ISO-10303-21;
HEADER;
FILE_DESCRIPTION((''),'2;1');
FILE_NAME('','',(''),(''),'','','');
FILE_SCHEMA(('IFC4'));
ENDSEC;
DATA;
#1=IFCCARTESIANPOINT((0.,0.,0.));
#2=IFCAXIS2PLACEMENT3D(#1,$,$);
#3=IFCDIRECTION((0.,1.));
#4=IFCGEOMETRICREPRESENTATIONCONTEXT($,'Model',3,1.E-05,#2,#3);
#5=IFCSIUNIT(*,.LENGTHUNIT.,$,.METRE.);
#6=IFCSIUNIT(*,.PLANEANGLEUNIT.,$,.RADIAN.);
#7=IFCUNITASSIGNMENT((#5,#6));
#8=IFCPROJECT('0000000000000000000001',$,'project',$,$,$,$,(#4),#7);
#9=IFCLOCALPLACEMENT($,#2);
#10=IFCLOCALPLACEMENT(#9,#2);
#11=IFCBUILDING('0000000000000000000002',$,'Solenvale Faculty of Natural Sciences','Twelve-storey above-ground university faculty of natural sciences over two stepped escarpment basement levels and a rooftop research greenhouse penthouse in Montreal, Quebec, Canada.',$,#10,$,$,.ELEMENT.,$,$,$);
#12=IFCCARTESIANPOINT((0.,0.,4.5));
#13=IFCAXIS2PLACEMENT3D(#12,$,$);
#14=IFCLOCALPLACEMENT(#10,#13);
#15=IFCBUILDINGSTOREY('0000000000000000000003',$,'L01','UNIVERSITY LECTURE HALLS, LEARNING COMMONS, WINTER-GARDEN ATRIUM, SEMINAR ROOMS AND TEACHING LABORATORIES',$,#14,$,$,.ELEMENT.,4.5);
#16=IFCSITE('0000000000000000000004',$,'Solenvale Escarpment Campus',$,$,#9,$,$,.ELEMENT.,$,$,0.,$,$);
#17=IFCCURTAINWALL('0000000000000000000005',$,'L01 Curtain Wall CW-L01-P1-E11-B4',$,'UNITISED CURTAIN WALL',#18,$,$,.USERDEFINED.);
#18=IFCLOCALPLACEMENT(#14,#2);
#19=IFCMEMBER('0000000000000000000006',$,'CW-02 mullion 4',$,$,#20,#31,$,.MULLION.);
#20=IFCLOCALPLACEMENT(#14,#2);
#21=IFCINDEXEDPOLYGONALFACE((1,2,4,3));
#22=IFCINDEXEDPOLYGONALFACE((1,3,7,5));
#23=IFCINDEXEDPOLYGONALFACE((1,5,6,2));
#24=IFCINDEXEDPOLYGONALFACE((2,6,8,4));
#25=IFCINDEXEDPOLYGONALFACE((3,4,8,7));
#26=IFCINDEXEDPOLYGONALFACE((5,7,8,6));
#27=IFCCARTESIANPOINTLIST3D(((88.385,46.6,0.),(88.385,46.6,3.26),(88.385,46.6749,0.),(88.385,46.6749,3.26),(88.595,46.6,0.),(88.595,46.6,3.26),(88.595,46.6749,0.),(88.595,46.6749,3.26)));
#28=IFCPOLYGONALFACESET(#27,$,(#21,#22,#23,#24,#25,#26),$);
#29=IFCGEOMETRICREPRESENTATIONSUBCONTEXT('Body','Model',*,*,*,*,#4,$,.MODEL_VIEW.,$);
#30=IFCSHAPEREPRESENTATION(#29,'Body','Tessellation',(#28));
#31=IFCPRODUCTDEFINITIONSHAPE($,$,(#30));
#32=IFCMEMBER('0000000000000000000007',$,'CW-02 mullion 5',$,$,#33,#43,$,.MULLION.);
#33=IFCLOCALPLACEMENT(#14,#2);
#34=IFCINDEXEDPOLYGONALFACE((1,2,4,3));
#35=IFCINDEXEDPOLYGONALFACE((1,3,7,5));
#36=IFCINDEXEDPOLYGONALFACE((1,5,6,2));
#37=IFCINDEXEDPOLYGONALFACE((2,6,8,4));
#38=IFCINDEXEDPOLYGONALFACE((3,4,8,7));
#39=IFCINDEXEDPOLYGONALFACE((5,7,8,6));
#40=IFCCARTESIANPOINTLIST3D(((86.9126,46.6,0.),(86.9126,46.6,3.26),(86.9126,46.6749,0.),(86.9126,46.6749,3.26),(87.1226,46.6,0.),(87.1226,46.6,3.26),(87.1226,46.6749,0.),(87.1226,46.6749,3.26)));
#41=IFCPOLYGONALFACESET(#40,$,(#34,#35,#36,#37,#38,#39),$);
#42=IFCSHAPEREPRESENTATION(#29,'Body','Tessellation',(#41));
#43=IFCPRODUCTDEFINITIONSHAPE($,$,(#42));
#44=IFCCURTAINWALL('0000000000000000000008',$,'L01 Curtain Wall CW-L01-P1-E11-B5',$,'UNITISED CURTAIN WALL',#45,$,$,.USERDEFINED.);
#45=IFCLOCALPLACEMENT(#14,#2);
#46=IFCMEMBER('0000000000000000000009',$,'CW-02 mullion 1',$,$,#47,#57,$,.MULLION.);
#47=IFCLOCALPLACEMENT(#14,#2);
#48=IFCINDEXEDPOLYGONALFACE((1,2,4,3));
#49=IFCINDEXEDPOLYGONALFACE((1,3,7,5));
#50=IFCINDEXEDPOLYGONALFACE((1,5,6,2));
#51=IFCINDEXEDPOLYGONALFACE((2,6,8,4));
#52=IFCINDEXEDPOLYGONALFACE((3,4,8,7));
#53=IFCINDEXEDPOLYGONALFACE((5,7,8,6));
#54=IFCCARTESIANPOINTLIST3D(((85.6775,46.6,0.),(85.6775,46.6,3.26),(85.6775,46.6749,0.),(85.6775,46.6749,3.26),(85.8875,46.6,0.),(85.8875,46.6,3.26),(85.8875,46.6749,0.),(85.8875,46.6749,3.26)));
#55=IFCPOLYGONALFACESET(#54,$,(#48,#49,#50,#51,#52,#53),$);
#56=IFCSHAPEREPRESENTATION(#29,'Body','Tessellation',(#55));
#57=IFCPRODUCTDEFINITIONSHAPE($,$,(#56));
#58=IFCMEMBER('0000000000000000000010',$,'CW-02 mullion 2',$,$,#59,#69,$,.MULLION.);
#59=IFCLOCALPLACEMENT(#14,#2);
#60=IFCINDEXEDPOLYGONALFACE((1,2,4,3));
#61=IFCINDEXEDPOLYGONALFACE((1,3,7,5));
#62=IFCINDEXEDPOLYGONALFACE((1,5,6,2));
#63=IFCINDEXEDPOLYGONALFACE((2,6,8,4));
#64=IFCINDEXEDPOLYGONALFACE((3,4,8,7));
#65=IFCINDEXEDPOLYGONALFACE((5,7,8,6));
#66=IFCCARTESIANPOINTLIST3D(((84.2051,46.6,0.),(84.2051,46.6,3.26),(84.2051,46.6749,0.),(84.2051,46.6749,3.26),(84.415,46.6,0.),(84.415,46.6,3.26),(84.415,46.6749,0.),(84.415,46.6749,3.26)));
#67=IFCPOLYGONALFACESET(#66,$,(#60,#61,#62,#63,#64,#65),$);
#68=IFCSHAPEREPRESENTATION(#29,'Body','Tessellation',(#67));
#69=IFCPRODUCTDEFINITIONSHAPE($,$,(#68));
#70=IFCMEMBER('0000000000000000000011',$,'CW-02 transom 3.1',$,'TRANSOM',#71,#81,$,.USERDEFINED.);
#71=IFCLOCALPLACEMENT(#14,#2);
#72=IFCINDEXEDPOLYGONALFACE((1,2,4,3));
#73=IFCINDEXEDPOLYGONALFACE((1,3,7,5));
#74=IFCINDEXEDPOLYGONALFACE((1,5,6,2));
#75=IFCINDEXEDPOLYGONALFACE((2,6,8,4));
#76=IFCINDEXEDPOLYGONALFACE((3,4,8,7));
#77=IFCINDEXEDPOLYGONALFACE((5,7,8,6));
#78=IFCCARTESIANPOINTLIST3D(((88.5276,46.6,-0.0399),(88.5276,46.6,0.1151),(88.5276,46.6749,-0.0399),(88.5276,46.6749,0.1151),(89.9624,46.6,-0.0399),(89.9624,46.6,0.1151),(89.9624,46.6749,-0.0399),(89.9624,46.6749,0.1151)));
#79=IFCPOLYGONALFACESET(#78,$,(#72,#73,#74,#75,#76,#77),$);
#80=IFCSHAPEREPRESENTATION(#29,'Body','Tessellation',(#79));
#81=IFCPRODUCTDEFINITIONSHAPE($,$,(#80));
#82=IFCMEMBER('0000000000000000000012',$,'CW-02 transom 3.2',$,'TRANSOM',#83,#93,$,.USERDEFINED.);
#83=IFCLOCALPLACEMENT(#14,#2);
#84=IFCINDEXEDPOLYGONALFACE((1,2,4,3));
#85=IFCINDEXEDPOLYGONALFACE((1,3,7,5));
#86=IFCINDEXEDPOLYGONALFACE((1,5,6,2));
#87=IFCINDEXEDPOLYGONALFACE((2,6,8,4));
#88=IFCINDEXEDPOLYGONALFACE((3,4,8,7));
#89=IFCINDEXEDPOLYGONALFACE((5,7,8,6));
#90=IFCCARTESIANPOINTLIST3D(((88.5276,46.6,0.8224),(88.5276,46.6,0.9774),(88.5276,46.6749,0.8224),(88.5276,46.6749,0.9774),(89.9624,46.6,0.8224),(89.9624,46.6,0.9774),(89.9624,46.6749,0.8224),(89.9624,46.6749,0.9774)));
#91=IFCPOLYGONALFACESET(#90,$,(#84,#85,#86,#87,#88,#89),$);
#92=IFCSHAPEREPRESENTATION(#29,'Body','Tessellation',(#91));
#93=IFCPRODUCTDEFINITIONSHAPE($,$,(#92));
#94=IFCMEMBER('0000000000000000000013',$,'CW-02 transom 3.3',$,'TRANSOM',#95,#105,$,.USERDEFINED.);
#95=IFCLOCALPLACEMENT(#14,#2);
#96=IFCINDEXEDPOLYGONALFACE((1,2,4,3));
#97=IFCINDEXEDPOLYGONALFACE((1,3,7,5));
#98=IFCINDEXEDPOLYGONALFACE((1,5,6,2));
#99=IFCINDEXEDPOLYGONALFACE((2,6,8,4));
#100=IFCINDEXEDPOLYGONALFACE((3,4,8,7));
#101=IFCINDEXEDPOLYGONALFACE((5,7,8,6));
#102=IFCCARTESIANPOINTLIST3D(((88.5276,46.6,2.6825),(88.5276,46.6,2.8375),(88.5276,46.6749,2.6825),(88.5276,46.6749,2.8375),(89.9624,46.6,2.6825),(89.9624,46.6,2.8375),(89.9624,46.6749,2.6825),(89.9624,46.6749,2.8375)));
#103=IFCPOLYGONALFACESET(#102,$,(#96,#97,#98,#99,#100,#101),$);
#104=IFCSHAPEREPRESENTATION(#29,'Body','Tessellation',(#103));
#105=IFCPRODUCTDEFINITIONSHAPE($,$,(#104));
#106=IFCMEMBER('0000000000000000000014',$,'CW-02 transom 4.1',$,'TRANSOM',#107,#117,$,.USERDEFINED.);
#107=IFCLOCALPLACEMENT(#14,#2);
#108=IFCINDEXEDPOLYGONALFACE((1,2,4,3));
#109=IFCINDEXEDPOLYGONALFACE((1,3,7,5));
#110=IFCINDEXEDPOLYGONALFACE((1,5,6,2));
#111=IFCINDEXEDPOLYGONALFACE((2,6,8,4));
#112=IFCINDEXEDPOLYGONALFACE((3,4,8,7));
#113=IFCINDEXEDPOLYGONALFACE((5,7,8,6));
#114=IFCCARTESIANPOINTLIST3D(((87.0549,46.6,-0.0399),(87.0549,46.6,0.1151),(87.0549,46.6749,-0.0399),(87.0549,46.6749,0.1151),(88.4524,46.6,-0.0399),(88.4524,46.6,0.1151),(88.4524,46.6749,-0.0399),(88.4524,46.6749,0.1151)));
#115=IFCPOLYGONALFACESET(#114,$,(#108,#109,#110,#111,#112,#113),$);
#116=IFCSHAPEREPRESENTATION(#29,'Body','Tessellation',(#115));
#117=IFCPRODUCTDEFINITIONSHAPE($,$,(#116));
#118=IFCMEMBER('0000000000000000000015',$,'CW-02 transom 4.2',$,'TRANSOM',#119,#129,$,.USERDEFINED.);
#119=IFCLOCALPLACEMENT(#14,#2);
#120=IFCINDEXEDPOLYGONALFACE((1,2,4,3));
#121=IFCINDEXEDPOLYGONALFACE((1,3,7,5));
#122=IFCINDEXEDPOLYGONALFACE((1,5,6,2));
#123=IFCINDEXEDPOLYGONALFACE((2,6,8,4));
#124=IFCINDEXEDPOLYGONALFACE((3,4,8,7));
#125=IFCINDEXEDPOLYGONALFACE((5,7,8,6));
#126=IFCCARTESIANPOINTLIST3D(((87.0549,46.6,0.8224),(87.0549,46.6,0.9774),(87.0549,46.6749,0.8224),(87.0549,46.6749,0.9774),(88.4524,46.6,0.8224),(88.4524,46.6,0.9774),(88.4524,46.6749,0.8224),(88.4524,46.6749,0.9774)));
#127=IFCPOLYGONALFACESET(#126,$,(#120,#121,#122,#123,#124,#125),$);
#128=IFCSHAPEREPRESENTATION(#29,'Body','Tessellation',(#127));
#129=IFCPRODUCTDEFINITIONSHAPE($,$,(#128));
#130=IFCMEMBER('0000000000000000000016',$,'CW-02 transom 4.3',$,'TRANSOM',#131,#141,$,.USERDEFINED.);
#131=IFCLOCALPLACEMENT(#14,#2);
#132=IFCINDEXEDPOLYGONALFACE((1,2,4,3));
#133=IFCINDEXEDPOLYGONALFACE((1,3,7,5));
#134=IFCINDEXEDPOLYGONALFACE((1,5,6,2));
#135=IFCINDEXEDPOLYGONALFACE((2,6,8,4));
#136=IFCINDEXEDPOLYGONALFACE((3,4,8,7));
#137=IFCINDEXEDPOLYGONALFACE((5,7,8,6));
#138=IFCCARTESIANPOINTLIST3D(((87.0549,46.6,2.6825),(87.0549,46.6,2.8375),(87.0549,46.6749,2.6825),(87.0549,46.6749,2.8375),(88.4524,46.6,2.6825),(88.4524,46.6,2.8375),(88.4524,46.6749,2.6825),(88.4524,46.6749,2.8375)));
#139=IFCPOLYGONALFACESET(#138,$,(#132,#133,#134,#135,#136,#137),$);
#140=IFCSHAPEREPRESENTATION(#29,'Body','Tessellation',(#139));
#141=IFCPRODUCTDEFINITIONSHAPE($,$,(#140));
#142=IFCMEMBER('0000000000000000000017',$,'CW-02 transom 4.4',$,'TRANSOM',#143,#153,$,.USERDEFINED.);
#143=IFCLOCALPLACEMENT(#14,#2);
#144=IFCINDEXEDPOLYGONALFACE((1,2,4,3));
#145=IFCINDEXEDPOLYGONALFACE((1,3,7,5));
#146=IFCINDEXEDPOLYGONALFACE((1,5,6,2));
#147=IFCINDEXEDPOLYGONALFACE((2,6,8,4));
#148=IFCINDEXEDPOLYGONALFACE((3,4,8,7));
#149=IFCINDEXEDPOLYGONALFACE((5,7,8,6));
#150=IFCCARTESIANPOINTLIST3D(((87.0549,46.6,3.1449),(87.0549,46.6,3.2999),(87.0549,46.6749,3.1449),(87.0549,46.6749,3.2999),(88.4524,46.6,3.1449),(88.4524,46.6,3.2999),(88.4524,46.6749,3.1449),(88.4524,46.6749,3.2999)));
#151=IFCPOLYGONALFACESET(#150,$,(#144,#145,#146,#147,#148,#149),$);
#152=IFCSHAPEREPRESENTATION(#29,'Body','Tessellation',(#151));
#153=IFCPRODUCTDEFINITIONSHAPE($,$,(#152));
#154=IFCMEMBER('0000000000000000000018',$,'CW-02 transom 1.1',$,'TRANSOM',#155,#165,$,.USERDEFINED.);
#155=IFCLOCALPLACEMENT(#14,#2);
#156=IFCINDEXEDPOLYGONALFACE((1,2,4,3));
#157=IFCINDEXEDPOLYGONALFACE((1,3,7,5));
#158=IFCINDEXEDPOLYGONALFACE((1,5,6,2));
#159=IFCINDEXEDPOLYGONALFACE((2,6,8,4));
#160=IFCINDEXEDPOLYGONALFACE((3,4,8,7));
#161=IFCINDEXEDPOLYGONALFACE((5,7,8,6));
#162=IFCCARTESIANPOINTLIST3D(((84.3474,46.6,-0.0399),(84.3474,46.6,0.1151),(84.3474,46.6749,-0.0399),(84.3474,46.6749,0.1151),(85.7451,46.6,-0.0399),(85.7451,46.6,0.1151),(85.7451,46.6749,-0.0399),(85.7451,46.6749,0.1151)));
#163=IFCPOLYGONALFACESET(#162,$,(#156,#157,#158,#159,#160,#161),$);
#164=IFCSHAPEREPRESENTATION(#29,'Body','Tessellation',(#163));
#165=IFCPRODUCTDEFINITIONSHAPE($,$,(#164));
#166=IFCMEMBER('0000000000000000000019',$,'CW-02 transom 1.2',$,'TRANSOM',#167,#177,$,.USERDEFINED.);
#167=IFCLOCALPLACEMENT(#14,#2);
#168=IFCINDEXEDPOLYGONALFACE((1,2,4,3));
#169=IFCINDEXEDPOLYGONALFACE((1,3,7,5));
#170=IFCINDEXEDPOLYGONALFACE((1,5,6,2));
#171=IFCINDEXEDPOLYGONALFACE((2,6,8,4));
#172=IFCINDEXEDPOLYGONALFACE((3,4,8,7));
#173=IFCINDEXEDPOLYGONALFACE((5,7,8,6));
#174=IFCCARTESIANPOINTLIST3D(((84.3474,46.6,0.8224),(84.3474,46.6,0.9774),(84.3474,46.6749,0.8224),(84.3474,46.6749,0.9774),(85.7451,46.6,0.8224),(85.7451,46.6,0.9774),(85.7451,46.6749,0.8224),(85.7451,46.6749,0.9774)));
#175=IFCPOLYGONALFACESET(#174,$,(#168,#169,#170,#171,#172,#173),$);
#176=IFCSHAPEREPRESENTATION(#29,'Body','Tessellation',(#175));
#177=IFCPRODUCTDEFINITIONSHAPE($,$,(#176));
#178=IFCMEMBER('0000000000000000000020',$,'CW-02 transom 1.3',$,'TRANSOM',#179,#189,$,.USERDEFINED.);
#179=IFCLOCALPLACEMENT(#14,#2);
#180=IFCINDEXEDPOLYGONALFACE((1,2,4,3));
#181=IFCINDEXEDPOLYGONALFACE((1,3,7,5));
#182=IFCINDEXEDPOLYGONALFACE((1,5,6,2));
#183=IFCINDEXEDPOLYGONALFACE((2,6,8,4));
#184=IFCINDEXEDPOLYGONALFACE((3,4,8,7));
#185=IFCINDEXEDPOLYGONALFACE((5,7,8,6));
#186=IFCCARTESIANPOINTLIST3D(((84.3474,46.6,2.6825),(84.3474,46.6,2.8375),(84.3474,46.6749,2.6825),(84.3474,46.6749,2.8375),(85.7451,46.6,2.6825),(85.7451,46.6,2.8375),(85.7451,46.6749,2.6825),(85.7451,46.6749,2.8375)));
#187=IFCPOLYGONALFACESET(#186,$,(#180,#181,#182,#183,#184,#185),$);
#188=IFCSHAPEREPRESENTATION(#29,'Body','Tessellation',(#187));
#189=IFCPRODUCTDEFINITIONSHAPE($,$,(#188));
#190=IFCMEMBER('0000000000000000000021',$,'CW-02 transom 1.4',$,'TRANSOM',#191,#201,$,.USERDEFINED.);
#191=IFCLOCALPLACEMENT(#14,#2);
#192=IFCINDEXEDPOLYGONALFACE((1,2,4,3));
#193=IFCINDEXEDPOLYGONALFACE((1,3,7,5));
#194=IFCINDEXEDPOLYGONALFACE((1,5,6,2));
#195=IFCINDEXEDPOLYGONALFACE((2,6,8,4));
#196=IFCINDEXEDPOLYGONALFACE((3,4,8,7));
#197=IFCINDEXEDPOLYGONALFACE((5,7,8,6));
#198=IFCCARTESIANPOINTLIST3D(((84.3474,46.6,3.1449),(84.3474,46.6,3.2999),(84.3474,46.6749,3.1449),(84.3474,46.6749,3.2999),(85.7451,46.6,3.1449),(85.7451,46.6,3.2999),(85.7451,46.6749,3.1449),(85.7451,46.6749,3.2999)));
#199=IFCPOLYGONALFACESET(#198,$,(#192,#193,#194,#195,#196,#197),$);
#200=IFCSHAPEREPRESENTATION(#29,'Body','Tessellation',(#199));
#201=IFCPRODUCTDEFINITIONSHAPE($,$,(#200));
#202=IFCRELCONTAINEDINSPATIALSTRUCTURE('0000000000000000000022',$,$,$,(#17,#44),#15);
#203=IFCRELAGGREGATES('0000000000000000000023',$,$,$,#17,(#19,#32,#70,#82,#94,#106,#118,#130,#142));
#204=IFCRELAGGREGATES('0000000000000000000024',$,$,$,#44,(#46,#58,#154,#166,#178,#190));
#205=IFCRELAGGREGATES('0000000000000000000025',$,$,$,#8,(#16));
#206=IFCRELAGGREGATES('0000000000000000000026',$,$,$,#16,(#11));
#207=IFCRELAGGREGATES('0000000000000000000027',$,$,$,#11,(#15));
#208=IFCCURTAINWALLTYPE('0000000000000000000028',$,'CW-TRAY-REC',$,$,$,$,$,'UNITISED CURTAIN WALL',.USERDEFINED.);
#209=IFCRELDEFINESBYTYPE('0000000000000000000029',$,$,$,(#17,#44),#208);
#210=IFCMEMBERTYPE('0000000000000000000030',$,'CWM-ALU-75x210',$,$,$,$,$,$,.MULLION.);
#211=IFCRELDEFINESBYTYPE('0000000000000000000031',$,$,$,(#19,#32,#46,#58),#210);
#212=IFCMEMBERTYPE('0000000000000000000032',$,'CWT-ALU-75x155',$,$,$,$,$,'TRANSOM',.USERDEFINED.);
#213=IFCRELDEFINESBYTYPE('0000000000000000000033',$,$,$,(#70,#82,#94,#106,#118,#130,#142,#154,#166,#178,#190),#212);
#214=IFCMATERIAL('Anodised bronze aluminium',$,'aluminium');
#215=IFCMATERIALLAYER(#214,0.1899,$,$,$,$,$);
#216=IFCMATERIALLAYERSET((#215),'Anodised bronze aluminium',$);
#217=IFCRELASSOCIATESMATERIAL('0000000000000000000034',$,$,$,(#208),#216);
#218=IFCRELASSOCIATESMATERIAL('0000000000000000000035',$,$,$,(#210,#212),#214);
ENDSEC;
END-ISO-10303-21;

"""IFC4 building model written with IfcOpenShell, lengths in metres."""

from ifc_helpers import new_model, si_unit, direction, frame, origin, origin_2d, place, context, subcontext, project, spatial, rectangle, extrude, material, layer, layer_set, material_profile, profile_set, type_object, element, aggregate, save


model = new_model("IFC4")

# Units and contexts
model_context = context("Model", 3, precision=1e-05, world=origin(), true_north=direction((0.0, 1.0)))
body_context = subcontext(model_context, "Body", "Model", "MODEL_VIEW")
ifc_project = project(units=[si_unit("LENGTHUNIT", "METRE"), si_unit("PLANEANGLEUNIT", "RADIAN")], contexts=[model_context])

# Site, building, storey
site_placement = place(None, origin())
site = spatial("IfcSite", under=ifc_project, at=site_placement, Name="Solenvale Escarpment Campus", CompositionType="ELEMENT", RefElevation=0.0)
building_placement = place(site_placement, origin())
building = spatial("IfcBuilding", under=site, at=building_placement, Name="Solenvale Faculty of Natural Sciences", Description="Twelve-storey above-ground university faculty of natural sciences over two stepped escarpment basement levels and a rooftop research greenhouse penthouse in Montreal, Quebec, Canada.", CompositionType="ELEMENT")
storey_placement = place(building_placement, frame((0.0, 0.0, 4.5)))
storey = spatial("IfcBuildingStorey", under=building, at=storey_placement, Name="L01", Description="UNIVERSITY LECTURE HALLS, LEARNING COMMONS, WINTER-GARDEN ATRIUM, SEMINAR ROOMS AND TEACHING LABORATORIES", CompositionType="ELEMENT", Elevation=4.5)

# Curtain walls, members
ifc_material_1 = material(Name="Anodised bronze aluminium", Category="aluminium")
ifc_layer_1 = layer(ifc_material_1, 0.1899)
ifc_layer_set_1 = layer_set([ifc_layer_1], Name="Anodised bronze aluminium")
curtain_wall_type = type_object("IfcCurtainWallType", Name="CW-TRAY-REC", ElementType="UNITISED CURTAIN WALL", PredefinedType="USERDEFINED", material=ifc_layer_set_1)
curtain_wall_1_placement = place(storey_placement, origin())
curtain_wall_1 = element("IfcCurtainWall", 1, at=curtain_wall_1_placement, inside=storey, type_object=curtain_wall_type, Name="L01 Curtain Wall CW-L01-P1-E11-B4", ObjectType="UNITISED CURTAIN WALL", PredefinedType="USERDEFINED")
ifc_material_profile_1 = material_profile(ifc_material_1, rectangle(XDim=0.075, YDim=0.21, at=origin_2d()), Name="ALU-MUL-75x210")
ifc_profile_set_1 = profile_set([ifc_material_profile_1], Name="Anodised bronze aluminium")
member_type_1 = type_object("IfcMemberType", Name="CWM-ALU-75x210", PredefinedType="MULLION", material=ifc_profile_set_1)
member_1_placement = place(storey_placement, frame((88.49, 46.6375, 0.0), z_axis=(0.0, 0.0, 1.0), x_axis=(0.0, -1.0, 0.0)))
member_1 = element("IfcMember", 2, at=member_1_placement, type_object=member_type_1, Name="CW-02 mullion 4", PredefinedType="MULLION", context=body_context, shape_type="SweptSolid", body=[
    extrude(rectangle(XDim=0.075, YDim=0.21, at=origin_2d()), origin(), (0.0, 0.0, 1.0), 3.26),
])
member_2_placement = place(storey_placement, frame((87.0176, 46.6375, 0.0), z_axis=(0.0, 0.0, 1.0), x_axis=(0.0, -1.0, 0.0)))
member_2 = element("IfcMember", 3, at=member_2_placement, type_object=member_type_1, Name="CW-02 mullion 5", PredefinedType="MULLION", context=body_context, shape_type="SweptSolid", body=[
    extrude(rectangle(XDim=0.075, YDim=0.21, at=origin_2d()), origin(), (0.0, 0.0, 1.0), 3.26),
])
curtain_wall_2_placement = place(storey_placement, origin())
curtain_wall_2 = element("IfcCurtainWall", 4, at=curtain_wall_2_placement, inside=storey, type_object=curtain_wall_type, Name="L01 Curtain Wall CW-L01-P1-E11-B5", ObjectType="UNITISED CURTAIN WALL", PredefinedType="USERDEFINED")
member_3_placement = place(storey_placement, frame((85.7825, 46.6375, 0.0), z_axis=(0.0, 0.0, 1.0), x_axis=(0.0, -1.0, 0.0)))
member_3 = element("IfcMember", 5, at=member_3_placement, type_object=member_type_1, Name="CW-02 mullion 1", PredefinedType="MULLION", context=body_context, shape_type="SweptSolid", body=[
    extrude(rectangle(XDim=0.075, YDim=0.21, at=origin_2d()), origin(), (0.0, 0.0, 1.0), 3.26),
])
member_4_placement = place(storey_placement, frame((84.3101, 46.6375, 0.0), z_axis=(0.0, 0.0, 1.0), x_axis=(0.0, -1.0, 0.0)))
member_4 = element("IfcMember", 6, at=member_4_placement, type_object=member_type_1, Name="CW-02 mullion 2", PredefinedType="MULLION", context=body_context, shape_type="SweptSolid", body=[
    extrude(rectangle(XDim=0.075, YDim=0.21, at=origin_2d()), origin(), (0.0, 0.0, 1.0), 3.26),
])

# Members
ifc_material_profile_2 = material_profile(ifc_material_1, rectangle(XDim=0.075, YDim=0.155, at=origin_2d()), Name="ALU-TRN-75x155")
ifc_profile_set_2 = profile_set([ifc_material_profile_2], Name="Anodised bronze aluminium")
member_type_2 = type_object("IfcMemberType", Name="CWT-ALU-75x155", ElementType="TRANSOM", PredefinedType="USERDEFINED", material=ifc_profile_set_2)
member_5_placement = place(storey_placement, frame((89.9624, 46.6375, 0.0376), z_axis=(-1.0, 0.0, 0.0), x_axis=(0.0, -1.0, 0.0)))
member_5 = element("IfcMember", 7, at=member_5_placement, type_object=member_type_2, Name="CW-02 transom 3.1", ObjectType="TRANSOM", PredefinedType="USERDEFINED", context=body_context, shape_type="SweptSolid", body=[
    extrude(rectangle(XDim=0.075, YDim=0.155, at=origin_2d()), origin(), (0.0, 0.0, 1.0), 1.4348),
])
member_6_placement = place(storey_placement, frame((89.9624, 46.6375, 0.8999), z_axis=(-1.0, 0.0, 0.0), x_axis=(0.0, -1.0, 0.0)))
member_6 = element("IfcMember", 8, at=member_6_placement, type_object=member_type_2, Name="CW-02 transom 3.2", ObjectType="TRANSOM", PredefinedType="USERDEFINED", context=body_context, shape_type="SweptSolid", body=[
    extrude(rectangle(XDim=0.075, YDim=0.155, at=origin_2d()), origin(), (0.0, 0.0, 1.0), 1.4348),
])
member_7_placement = place(storey_placement, frame((89.9624, 46.6375, 2.76), z_axis=(-1.0, 0.0, 0.0), x_axis=(0.0, -1.0, 0.0)))
member_7 = element("IfcMember", 9, at=member_7_placement, type_object=member_type_2, Name="CW-02 transom 3.3", ObjectType="TRANSOM", PredefinedType="USERDEFINED", context=body_context, shape_type="SweptSolid", body=[
    extrude(rectangle(XDim=0.075, YDim=0.155, at=origin_2d()), origin(), (0.0, 0.0, 1.0), 1.4348),
])
member_8_placement = place(storey_placement, frame((88.4524, 46.6375, 0.0376), z_axis=(-1.0, 0.0, 0.0), x_axis=(0.0, -1.0, 0.0)))
member_8 = element("IfcMember", 10, at=member_8_placement, type_object=member_type_2, Name="CW-02 transom 4.1", ObjectType="TRANSOM", PredefinedType="USERDEFINED", context=body_context, shape_type="SweptSolid", body=[
    extrude(rectangle(XDim=0.075, YDim=0.155, at=origin_2d()), origin(), (0.0, 0.0, 1.0), 1.3975),
])
member_9_placement = place(storey_placement, frame((88.4524, 46.6375, 0.8999), z_axis=(-1.0, 0.0, 0.0), x_axis=(0.0, -1.0, 0.0)))
member_9 = element("IfcMember", 11, at=member_9_placement, type_object=member_type_2, Name="CW-02 transom 4.2", ObjectType="TRANSOM", PredefinedType="USERDEFINED", context=body_context, shape_type="SweptSolid", body=[
    extrude(rectangle(XDim=0.075, YDim=0.155, at=origin_2d()), origin(), (0.0, 0.0, 1.0), 1.3975),
])
member_10_placement = place(storey_placement, frame((88.4524, 46.6375, 2.76), z_axis=(-1.0, 0.0, 0.0), x_axis=(0.0, -1.0, 0.0)))
member_10 = element("IfcMember", 12, at=member_10_placement, type_object=member_type_2, Name="CW-02 transom 4.3", ObjectType="TRANSOM", PredefinedType="USERDEFINED", context=body_context, shape_type="SweptSolid", body=[
    extrude(rectangle(XDim=0.075, YDim=0.155, at=origin_2d()), origin(), (0.0, 0.0, 1.0), 1.3975),
])
member_11_placement = place(storey_placement, frame((88.4524, 46.6375, 3.2224), z_axis=(-1.0, 0.0, 0.0), x_axis=(0.0, -1.0, 0.0)))
member_11 = element("IfcMember", 13, at=member_11_placement, type_object=member_type_2, Name="CW-02 transom 4.4", ObjectType="TRANSOM", PredefinedType="USERDEFINED", context=body_context, shape_type="SweptSolid", body=[
    extrude(rectangle(XDim=0.075, YDim=0.155, at=origin_2d()), origin(), (0.0, 0.0, 1.0), 1.3975),
])
member_12_placement = place(storey_placement, frame((85.7451, 46.6375, 0.0376), z_axis=(-1.0, 0.0, 0.0), x_axis=(0.0, -1.0, 0.0)))
member_12 = element("IfcMember", 14, at=member_12_placement, type_object=member_type_2, Name="CW-02 transom 1.1", ObjectType="TRANSOM", PredefinedType="USERDEFINED", context=body_context, shape_type="SweptSolid", body=[
    extrude(rectangle(XDim=0.075, YDim=0.155, at=origin_2d()), origin(), (0.0, 0.0, 1.0), 1.3977),
])
member_13_placement = place(storey_placement, frame((85.7451, 46.6375, 0.8999), z_axis=(-1.0, 0.0, 0.0), x_axis=(0.0, -1.0, 0.0)))
member_13 = element("IfcMember", 15, at=member_13_placement, type_object=member_type_2, Name="CW-02 transom 1.2", ObjectType="TRANSOM", PredefinedType="USERDEFINED", context=body_context, shape_type="SweptSolid", body=[
    extrude(rectangle(XDim=0.075, YDim=0.155, at=origin_2d()), origin(), (0.0, 0.0, 1.0), 1.3977),
])
member_14_placement = place(storey_placement, frame((85.7451, 46.6375, 2.76), z_axis=(-1.0, 0.0, 0.0), x_axis=(0.0, -1.0, 0.0)))
member_14 = element("IfcMember", 16, at=member_14_placement, type_object=member_type_2, Name="CW-02 transom 1.3", ObjectType="TRANSOM", PredefinedType="USERDEFINED", context=body_context, shape_type="SweptSolid", body=[
    extrude(rectangle(XDim=0.075, YDim=0.155, at=origin_2d()), origin(), (0.0, 0.0, 1.0), 1.3977),
])
member_15_placement = place(storey_placement, frame((85.7451, 46.6375, 3.2224), z_axis=(-1.0, 0.0, 0.0), x_axis=(0.0, -1.0, 0.0)))
member_15 = element("IfcMember", 17, at=member_15_placement, type_object=member_type_2, Name="CW-02 transom 1.4", ObjectType="TRANSOM", PredefinedType="USERDEFINED", context=body_context, shape_type="SweptSolid", body=[
    extrude(rectangle(XDim=0.075, YDim=0.155, at=origin_2d()), origin(), (0.0, 0.0, 1.0), 1.3977),
])

aggregate(curtain_wall_1, [member_1, member_2, member_5, member_6, member_7, member_8, member_9, member_10, member_11])
aggregate(curtain_wall_2, [member_3, member_4, member_12, member_13, member_14, member_15])

save(model, "model.ifc")
